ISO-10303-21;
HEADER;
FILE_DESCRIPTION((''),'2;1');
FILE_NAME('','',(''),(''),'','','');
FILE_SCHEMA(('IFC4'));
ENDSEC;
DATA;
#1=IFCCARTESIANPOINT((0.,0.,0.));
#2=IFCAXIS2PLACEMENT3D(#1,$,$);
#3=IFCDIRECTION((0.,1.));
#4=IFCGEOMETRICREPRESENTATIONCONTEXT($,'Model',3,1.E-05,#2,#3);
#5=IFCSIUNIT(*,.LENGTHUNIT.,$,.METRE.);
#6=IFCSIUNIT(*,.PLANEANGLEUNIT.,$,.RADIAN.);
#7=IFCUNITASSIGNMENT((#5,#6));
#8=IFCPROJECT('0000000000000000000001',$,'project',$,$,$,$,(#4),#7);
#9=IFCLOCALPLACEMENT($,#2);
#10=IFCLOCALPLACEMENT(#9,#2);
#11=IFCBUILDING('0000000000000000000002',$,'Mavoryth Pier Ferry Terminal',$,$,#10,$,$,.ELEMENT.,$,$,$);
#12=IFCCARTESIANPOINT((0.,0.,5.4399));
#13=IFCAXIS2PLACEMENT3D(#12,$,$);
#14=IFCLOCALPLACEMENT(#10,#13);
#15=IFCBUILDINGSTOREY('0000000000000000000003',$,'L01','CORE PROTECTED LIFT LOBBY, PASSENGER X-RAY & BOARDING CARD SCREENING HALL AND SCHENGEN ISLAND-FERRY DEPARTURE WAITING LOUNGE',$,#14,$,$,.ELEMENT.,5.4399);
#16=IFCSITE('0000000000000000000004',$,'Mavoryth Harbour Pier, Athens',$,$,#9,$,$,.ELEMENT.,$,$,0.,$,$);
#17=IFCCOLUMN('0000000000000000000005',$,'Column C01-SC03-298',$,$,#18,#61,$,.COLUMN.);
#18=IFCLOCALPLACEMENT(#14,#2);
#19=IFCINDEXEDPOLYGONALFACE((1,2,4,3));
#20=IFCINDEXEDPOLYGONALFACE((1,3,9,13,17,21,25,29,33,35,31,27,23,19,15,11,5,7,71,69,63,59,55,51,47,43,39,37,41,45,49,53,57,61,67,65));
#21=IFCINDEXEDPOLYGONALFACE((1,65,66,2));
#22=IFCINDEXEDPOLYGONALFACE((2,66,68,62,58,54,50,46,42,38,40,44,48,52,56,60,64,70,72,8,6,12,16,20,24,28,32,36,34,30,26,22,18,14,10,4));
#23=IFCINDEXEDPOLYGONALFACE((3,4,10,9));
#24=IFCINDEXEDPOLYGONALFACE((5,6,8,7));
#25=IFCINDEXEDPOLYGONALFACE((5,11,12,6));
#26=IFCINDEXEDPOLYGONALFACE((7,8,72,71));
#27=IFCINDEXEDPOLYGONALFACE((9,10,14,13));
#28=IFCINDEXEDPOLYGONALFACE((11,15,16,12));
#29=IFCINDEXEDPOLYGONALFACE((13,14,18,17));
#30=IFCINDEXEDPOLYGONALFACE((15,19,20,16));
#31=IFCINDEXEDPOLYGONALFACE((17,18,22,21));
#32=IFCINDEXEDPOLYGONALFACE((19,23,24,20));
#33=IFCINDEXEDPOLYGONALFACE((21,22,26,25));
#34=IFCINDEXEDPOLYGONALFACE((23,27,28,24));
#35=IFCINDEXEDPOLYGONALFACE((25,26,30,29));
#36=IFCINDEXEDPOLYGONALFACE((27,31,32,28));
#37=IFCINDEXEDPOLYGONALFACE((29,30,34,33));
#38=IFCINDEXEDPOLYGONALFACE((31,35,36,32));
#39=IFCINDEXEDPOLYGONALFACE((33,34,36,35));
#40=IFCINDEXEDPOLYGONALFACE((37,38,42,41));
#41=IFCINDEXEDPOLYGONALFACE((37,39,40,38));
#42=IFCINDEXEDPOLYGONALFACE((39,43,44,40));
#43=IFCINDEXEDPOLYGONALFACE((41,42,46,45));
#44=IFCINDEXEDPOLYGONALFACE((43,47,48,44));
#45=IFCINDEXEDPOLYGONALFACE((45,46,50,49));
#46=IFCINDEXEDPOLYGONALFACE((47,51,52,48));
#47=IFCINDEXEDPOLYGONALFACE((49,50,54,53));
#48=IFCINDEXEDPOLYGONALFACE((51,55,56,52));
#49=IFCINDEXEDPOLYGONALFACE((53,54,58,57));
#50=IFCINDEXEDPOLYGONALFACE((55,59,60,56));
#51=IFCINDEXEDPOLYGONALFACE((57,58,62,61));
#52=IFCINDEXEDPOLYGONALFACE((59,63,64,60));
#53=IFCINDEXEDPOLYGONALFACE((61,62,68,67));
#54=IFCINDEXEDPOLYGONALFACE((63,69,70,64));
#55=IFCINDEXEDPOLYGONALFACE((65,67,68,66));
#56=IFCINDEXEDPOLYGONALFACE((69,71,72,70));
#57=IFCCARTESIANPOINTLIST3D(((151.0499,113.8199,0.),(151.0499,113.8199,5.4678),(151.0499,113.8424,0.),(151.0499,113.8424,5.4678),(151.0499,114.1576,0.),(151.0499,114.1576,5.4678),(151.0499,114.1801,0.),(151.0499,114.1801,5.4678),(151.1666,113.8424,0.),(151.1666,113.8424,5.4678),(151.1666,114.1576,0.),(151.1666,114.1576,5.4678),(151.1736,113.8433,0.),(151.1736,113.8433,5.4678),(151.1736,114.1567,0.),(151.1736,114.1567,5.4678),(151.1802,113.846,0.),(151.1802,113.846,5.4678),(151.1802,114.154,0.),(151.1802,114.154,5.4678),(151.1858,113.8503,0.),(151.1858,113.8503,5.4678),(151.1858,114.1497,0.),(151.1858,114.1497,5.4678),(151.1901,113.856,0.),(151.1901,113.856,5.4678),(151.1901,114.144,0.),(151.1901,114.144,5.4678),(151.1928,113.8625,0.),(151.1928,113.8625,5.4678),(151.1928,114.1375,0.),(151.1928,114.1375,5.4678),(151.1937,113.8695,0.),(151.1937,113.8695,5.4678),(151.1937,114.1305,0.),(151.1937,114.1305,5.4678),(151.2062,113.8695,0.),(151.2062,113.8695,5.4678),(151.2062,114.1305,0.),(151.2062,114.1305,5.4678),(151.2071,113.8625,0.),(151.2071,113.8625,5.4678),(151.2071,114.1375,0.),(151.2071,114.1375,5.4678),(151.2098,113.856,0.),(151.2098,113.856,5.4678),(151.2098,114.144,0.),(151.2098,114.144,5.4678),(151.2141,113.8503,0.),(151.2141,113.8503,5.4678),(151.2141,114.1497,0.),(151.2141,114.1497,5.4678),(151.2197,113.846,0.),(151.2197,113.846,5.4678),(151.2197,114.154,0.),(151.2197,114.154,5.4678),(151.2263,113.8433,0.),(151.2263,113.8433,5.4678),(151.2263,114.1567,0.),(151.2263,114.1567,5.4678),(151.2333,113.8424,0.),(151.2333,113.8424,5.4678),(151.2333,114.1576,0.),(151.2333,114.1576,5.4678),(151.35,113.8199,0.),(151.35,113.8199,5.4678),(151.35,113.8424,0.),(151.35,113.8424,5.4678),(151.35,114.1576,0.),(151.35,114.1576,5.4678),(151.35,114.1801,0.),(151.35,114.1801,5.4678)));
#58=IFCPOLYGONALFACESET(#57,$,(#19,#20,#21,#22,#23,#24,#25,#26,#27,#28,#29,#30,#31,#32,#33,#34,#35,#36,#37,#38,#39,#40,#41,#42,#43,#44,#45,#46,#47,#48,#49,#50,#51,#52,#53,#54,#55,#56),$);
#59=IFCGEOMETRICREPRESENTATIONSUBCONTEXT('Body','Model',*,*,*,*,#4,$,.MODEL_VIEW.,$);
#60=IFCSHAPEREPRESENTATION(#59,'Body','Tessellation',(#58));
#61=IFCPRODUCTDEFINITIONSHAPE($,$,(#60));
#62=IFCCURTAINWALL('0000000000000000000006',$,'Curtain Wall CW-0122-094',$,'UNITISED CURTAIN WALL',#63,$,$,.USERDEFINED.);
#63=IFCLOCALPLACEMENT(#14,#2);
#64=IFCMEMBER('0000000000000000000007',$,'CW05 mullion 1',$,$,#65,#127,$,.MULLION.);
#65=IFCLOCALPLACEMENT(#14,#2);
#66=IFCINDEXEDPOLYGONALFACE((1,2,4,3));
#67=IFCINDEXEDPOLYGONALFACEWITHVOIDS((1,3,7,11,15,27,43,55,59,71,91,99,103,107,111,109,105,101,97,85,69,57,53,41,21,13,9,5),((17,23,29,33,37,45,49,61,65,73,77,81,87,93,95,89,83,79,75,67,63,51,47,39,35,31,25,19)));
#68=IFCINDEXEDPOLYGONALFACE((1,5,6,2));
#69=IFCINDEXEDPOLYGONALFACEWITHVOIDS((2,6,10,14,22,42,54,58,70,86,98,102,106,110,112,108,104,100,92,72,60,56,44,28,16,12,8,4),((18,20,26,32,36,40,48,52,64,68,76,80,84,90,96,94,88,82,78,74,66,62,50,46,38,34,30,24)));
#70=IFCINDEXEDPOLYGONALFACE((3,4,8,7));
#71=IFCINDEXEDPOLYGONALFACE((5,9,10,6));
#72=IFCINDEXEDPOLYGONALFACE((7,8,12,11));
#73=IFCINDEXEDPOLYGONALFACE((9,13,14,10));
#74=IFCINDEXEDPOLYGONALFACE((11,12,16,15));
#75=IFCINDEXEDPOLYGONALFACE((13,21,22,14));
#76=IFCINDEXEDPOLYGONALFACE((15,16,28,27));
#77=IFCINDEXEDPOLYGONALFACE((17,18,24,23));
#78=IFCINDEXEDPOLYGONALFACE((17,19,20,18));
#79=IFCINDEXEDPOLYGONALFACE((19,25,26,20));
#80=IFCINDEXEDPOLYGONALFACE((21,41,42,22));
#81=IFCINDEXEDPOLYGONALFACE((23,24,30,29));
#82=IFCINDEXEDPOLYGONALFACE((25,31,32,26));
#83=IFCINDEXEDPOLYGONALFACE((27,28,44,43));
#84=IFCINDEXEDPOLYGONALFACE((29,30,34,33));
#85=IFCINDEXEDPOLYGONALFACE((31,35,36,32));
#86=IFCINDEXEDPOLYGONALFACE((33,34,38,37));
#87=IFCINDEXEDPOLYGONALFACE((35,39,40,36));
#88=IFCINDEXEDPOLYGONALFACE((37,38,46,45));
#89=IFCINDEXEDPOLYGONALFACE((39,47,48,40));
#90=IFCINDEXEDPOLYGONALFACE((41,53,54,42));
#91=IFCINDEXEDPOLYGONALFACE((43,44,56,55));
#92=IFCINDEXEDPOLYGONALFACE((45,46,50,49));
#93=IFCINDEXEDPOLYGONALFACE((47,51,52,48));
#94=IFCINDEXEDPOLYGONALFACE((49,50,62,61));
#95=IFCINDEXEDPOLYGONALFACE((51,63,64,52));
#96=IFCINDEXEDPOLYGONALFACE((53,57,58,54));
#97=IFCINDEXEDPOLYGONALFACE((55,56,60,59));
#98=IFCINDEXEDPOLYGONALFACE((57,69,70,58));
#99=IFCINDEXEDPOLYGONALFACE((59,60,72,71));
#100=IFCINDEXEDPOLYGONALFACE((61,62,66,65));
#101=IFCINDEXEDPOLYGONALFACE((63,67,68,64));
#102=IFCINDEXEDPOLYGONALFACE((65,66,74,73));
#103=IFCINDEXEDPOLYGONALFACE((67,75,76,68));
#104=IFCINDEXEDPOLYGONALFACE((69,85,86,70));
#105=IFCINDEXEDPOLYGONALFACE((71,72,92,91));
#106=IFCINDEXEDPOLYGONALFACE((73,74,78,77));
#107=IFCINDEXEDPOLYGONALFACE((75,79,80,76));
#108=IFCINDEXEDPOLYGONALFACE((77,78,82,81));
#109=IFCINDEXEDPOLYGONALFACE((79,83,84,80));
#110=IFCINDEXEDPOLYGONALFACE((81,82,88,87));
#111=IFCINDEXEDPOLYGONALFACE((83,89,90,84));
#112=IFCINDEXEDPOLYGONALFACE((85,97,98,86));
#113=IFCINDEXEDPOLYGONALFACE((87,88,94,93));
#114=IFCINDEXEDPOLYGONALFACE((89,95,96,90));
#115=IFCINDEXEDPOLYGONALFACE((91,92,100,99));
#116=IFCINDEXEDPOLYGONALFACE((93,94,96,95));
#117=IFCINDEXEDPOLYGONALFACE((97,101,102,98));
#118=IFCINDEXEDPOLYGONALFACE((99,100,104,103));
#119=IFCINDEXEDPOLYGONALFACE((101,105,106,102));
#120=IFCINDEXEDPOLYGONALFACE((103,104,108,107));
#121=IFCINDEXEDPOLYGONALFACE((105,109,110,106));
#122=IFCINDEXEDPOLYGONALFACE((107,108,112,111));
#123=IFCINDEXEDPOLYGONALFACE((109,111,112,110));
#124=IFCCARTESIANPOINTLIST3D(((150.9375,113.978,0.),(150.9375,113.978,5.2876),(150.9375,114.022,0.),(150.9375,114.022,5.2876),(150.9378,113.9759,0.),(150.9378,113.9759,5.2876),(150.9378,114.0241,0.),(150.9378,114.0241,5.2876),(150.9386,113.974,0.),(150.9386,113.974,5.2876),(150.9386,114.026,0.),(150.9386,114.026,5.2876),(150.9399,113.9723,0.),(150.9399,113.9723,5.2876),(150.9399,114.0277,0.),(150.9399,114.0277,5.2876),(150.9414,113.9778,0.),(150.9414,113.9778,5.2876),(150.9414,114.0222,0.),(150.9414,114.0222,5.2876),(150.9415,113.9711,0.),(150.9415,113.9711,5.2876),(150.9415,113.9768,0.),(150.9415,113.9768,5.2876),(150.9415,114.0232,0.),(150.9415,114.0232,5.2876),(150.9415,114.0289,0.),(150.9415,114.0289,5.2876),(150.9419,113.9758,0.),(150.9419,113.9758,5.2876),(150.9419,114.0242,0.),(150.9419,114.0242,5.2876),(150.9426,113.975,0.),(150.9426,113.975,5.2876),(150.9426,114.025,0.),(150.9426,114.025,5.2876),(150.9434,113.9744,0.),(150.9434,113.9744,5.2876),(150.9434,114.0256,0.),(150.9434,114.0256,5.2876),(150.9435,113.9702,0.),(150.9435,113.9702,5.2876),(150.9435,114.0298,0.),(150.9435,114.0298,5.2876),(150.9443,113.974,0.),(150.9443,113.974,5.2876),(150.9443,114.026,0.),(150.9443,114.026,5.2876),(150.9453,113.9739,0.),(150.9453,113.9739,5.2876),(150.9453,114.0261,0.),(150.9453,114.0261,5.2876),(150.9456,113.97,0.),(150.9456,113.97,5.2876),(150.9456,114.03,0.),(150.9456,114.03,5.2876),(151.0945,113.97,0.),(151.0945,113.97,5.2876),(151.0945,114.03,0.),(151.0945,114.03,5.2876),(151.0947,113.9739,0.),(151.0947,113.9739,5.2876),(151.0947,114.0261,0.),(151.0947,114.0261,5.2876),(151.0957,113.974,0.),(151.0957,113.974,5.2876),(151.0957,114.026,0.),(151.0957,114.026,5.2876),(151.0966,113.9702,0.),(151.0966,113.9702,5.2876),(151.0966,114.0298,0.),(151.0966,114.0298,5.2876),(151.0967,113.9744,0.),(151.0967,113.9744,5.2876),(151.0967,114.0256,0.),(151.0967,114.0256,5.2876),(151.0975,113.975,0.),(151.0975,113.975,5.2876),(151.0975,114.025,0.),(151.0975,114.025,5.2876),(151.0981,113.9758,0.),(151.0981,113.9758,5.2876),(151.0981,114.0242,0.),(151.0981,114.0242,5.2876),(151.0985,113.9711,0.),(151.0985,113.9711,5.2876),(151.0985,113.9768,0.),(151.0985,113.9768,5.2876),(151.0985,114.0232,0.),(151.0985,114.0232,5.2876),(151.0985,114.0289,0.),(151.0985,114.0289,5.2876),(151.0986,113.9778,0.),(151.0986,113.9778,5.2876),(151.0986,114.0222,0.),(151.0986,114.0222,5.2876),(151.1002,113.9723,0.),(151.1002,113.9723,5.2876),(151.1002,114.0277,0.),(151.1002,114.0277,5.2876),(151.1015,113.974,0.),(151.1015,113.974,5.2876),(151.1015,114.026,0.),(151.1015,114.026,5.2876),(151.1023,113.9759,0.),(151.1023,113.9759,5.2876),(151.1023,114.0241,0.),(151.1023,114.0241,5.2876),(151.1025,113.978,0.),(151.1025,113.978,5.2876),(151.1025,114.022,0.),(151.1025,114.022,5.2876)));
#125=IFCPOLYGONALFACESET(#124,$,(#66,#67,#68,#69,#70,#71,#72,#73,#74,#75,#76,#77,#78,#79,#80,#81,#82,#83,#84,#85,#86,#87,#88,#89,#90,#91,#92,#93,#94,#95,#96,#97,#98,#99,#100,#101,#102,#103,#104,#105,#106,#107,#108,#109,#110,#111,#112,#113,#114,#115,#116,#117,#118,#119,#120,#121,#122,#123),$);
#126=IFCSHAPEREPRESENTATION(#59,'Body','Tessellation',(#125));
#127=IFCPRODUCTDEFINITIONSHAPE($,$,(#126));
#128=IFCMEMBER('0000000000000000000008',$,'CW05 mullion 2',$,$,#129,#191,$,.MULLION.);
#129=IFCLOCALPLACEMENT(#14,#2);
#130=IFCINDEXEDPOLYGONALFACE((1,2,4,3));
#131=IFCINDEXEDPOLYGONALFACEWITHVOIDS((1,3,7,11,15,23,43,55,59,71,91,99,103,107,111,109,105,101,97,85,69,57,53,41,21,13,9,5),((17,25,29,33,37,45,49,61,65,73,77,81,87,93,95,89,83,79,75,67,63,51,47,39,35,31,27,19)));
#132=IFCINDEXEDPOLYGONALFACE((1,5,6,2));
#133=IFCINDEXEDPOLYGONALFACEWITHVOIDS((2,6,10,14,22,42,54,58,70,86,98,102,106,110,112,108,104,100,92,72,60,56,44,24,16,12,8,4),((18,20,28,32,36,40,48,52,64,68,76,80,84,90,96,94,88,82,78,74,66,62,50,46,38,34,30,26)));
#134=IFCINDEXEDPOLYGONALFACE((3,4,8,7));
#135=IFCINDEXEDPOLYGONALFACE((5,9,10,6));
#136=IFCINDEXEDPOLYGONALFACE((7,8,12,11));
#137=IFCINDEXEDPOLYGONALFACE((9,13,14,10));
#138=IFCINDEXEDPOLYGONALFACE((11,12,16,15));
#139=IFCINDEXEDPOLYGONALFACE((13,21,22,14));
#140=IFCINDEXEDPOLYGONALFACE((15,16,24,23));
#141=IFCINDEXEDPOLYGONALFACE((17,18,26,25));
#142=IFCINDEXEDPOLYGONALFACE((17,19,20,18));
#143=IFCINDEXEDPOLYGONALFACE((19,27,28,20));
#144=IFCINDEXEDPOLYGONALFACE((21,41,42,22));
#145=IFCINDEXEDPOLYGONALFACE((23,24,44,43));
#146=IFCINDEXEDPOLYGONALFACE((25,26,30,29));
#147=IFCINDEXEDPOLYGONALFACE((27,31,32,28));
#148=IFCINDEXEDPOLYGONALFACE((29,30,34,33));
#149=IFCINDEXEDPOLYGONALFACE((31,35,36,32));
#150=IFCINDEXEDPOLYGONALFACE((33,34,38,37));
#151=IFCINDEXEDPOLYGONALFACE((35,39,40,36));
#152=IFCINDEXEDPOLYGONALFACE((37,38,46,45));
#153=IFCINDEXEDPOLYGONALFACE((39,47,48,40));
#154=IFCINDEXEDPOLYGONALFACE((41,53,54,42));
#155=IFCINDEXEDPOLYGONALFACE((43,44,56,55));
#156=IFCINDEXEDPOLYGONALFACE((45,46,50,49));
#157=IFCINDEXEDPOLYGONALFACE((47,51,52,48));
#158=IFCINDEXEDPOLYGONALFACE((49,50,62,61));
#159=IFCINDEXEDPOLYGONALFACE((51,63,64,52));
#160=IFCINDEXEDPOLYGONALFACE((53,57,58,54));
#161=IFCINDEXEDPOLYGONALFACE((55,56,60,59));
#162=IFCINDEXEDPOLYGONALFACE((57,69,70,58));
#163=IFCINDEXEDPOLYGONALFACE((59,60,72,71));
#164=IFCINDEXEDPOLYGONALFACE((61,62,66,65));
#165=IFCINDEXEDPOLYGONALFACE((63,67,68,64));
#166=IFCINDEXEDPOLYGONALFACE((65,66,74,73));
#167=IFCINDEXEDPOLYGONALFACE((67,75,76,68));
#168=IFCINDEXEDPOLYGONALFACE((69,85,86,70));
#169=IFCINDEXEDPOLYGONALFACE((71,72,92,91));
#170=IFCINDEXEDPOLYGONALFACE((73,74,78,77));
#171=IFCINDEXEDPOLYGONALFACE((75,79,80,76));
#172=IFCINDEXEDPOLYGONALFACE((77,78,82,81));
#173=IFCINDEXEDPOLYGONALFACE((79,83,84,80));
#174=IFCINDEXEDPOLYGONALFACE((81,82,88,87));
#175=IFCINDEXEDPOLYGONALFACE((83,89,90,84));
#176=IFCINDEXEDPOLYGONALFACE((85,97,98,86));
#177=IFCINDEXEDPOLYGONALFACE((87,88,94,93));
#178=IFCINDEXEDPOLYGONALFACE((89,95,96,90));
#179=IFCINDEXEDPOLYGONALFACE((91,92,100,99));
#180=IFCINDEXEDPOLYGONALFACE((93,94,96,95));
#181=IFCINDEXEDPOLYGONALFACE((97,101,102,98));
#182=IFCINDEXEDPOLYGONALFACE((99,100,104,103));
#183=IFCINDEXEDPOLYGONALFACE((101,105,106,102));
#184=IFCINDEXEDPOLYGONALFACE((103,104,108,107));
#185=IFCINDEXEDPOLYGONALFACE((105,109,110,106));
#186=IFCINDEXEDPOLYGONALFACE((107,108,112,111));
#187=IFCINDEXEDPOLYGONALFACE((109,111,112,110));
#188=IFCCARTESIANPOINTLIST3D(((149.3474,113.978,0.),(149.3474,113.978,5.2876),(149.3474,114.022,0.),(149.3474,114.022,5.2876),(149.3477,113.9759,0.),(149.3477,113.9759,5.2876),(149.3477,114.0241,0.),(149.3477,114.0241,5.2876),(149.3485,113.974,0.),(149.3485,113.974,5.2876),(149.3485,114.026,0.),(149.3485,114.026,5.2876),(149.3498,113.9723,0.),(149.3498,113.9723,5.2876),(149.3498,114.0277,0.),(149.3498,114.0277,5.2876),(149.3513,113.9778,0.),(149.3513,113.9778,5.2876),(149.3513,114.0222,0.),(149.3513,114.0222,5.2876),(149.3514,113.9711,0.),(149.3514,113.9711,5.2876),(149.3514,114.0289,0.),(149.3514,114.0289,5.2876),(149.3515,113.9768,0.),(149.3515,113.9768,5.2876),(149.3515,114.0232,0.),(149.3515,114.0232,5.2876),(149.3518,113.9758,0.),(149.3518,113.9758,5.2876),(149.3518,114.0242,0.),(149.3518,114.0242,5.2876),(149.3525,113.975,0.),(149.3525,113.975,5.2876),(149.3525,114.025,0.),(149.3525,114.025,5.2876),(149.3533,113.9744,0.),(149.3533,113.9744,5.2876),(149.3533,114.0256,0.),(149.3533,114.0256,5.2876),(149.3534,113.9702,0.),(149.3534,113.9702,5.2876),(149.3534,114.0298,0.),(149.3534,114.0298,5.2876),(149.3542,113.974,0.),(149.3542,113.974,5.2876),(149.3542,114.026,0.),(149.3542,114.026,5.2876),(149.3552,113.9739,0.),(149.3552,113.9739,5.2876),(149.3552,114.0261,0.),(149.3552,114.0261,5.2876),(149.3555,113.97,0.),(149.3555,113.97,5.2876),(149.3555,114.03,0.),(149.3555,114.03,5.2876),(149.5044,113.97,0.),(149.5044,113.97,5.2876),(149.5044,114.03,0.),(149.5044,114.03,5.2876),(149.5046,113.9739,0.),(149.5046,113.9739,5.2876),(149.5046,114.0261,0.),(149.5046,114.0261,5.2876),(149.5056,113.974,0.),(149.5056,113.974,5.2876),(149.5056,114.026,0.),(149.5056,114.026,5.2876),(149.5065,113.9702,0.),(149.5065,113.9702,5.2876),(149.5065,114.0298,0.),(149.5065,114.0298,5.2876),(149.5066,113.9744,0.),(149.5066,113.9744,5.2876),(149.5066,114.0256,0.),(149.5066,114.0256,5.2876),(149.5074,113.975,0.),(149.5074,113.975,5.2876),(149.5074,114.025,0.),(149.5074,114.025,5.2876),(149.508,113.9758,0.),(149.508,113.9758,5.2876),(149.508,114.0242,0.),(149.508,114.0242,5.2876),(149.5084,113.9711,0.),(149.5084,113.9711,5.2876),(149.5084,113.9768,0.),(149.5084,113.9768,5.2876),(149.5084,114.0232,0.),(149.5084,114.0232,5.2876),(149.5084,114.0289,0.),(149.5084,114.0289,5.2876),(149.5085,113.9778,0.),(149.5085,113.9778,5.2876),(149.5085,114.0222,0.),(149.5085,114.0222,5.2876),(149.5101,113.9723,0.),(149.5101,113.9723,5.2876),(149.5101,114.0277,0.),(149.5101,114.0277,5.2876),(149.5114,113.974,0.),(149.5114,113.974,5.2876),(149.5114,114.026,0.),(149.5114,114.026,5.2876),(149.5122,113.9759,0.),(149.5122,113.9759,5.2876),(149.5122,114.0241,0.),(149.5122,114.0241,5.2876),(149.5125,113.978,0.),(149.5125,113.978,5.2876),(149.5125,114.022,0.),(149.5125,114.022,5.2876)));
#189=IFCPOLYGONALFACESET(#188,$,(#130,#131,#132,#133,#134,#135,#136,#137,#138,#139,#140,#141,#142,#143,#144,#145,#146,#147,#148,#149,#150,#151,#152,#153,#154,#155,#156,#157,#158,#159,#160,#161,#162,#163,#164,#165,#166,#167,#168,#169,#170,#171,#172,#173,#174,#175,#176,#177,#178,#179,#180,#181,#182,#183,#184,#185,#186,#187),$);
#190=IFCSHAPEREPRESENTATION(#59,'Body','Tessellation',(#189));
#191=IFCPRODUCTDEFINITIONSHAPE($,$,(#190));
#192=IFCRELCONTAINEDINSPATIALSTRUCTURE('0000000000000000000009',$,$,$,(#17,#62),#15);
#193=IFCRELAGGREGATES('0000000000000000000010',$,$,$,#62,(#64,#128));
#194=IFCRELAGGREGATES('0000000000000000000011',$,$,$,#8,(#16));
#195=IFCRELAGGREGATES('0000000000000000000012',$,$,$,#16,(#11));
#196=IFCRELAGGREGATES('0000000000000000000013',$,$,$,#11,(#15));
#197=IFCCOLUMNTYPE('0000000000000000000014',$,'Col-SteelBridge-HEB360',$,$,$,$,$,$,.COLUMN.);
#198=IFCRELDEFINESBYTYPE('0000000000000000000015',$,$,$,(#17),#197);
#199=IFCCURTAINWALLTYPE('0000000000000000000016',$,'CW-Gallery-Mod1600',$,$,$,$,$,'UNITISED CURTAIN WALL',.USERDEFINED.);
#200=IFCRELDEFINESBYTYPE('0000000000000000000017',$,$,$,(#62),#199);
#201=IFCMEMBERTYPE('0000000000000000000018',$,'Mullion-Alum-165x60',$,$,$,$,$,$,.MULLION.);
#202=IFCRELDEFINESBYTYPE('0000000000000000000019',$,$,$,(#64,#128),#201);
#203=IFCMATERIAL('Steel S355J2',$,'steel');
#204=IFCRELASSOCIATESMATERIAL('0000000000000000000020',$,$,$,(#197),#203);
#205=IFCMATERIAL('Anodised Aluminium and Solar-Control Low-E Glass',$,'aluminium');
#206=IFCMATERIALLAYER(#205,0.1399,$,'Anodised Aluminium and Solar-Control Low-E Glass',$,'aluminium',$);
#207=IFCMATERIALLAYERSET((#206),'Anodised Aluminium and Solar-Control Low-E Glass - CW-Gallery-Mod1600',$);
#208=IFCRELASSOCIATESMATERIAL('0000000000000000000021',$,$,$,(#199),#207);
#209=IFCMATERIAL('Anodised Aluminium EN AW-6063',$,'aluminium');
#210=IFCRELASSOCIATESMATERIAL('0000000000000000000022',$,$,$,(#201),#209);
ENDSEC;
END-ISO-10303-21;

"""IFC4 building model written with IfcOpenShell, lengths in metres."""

from ifc_helpers import new_model, si_unit, direction, frame, origin, origin_2d, place, context, subcontext, project, spatial, hollow_rectangle, i_section, extrude, material, layer, layer_set, material_profile, profile_set, type_object, element, aggregate, save


model = new_model("IFC4")

# Units and contexts
model_context = context("Model", 3, precision=1e-05, world=origin(), true_north=direction((0.0, 1.0)))
body_context = subcontext(model_context, "Body", "Model", "MODEL_VIEW")
ifc_project = project(units=[si_unit("LENGTHUNIT", "METRE"), si_unit("PLANEANGLEUNIT", "RADIAN")], contexts=[model_context])

# Site, building, storey
site_placement = place(None, origin())
site = spatial("IfcSite", under=ifc_project, at=site_placement, Name="Mavoryth Harbour Pier, Athens", CompositionType="ELEMENT", RefElevation=0.0)
building_placement = place(site_placement, origin())
building = spatial("IfcBuilding", under=site, at=building_placement, Name="Mavoryth Pier Ferry Terminal", CompositionType="ELEMENT")
storey_placement = place(building_placement, frame((0.0, 0.0, 5.4399)))
storey = spatial("IfcBuildingStorey", under=building, at=storey_placement, Name="L01", Description="CORE PROTECTED LIFT LOBBY, PASSENGER X-RAY & BOARDING CARD SCREENING HALL AND SCHENGEN ISLAND-FERRY DEPARTURE WAITING LOUNGE", CompositionType="ELEMENT", Elevation=5.4399)

# Column
ifc_material_1 = material(Name="Steel S355J2", Category="steel")
ifc_material_profile_1 = material_profile(ifc_material_1, i_section(OverallWidth=0.3, OverallDepth=0.3601, WebThickness=0.0125, FlangeThickness=0.0225, FilletRadius=0.0271, at=origin_2d()), Name="HEB 360", Category="steel")
ifc_profile_set_1 = profile_set([ifc_material_profile_1], Name="Steel S355J2 - HEB 360")
column_type = type_object("IfcColumnType", Name="Col-SteelBridge-HEB360", PredefinedType="COLUMN", material=ifc_profile_set_1)
column_placement = place(storey_placement, frame((151.2, 114.0, 0.0), z_axis=(0.0, 0.0, 1.0), x_axis=(1.0, 0.0, 0.0)))
element("IfcColumn", 1, at=column_placement, inside=storey, type_object=column_type, Name="Column C01-SC03-298", PredefinedType="COLUMN", context=body_context, shape_type="SweptSolid", body=[
    extrude(i_section(OverallWidth=0.3, OverallDepth=0.3601, WebThickness=0.0125, FlangeThickness=0.0225, FilletRadius=0.0271, at=origin_2d()), origin(), (0.0, 0.0, 1.0), 5.4678),
])

# Curtain wall, members
ifc_material_2 = material(Name="Anodised Aluminium and Solar-Control Low-E Glass", Category="aluminium")
ifc_layer_1 = layer(ifc_material_2, 0.1399, Name="Anodised Aluminium and Solar-Control Low-E Glass", Category="aluminium")
ifc_layer_set_1 = layer_set([ifc_layer_1], Name="Anodised Aluminium and Solar-Control Low-E Glass - CW-Gallery-Mod1600")
curtain_wall_type = type_object("IfcCurtainWallType", Name="CW-Gallery-Mod1600", ElementType="UNITISED CURTAIN WALL", PredefinedType="USERDEFINED", material=ifc_layer_set_1)
curtain_wall_1_placement = place(storey_placement, origin())
curtain_wall_1 = element("IfcCurtainWall", 2, at=curtain_wall_1_placement, inside=storey, type_object=curtain_wall_type, Name="Curtain Wall CW-0122-094", ObjectType="UNITISED CURTAIN WALL", PredefinedType="USERDEFINED")
ifc_material_3 = material(Name="Anodised Aluminium EN AW-6063", Category="aluminium")
ifc_material_profile_2 = material_profile(ifc_material_3, hollow_rectangle(XDim=0.0601, YDim=0.165, WallThickness=0.0039, InnerFilletRadius=0.0039, OuterFilletRadius=0.0081, at=origin_2d()), Name="AL-MULL 165x60x4", Category="aluminium")
ifc_profile_set_2 = profile_set([ifc_material_profile_2], Name="Anodised Aluminium EN AW-6063 - AL-MULL 165x60x4")
member_type_1 = type_object("IfcMemberType", Name="Mullion-Alum-165x60", PredefinedType="MULLION", material=ifc_profile_set_2)
member_1_placement = place(storey_placement, frame((151.02, 114.0, 0.0), z_axis=(0.0, 0.0, 1.0), x_axis=(0.0, -1.0, 0.0)))
member_1 = element("IfcMember", 3, at=member_1_placement, type_object=member_type_1, Name="CW05 mullion 1", PredefinedType="MULLION", context=body_context, shape_type="SweptSolid", body=[
    extrude(hollow_rectangle(XDim=0.0601, YDim=0.165, WallThickness=0.0039, InnerFilletRadius=0.0039, OuterFilletRadius=0.0081, at=origin_2d()), origin(), (0.0, 0.0, 1.0), 5.2876),
])
member_2_placement = place(storey_placement, frame((149.4299, 114.0, 0.0), z_axis=(0.0, 0.0, 1.0), x_axis=(0.0, -1.0, 0.0)))
member_2 = element("IfcMember", 4, at=member_2_placement, type_object=member_type_1, Name="CW05 mullion 2", PredefinedType="MULLION", context=body_context, shape_type="SweptSolid", body=[
    extrude(hollow_rectangle(XDim=0.0601, YDim=0.165, WallThickness=0.0039, InnerFilletRadius=0.0039, OuterFilletRadius=0.0081, at=origin_2d()), origin(), (0.0, 0.0, 1.0), 5.2876),
])

aggregate(curtain_wall_1, [member_1, member_2])

save(model, "model.ifc")
